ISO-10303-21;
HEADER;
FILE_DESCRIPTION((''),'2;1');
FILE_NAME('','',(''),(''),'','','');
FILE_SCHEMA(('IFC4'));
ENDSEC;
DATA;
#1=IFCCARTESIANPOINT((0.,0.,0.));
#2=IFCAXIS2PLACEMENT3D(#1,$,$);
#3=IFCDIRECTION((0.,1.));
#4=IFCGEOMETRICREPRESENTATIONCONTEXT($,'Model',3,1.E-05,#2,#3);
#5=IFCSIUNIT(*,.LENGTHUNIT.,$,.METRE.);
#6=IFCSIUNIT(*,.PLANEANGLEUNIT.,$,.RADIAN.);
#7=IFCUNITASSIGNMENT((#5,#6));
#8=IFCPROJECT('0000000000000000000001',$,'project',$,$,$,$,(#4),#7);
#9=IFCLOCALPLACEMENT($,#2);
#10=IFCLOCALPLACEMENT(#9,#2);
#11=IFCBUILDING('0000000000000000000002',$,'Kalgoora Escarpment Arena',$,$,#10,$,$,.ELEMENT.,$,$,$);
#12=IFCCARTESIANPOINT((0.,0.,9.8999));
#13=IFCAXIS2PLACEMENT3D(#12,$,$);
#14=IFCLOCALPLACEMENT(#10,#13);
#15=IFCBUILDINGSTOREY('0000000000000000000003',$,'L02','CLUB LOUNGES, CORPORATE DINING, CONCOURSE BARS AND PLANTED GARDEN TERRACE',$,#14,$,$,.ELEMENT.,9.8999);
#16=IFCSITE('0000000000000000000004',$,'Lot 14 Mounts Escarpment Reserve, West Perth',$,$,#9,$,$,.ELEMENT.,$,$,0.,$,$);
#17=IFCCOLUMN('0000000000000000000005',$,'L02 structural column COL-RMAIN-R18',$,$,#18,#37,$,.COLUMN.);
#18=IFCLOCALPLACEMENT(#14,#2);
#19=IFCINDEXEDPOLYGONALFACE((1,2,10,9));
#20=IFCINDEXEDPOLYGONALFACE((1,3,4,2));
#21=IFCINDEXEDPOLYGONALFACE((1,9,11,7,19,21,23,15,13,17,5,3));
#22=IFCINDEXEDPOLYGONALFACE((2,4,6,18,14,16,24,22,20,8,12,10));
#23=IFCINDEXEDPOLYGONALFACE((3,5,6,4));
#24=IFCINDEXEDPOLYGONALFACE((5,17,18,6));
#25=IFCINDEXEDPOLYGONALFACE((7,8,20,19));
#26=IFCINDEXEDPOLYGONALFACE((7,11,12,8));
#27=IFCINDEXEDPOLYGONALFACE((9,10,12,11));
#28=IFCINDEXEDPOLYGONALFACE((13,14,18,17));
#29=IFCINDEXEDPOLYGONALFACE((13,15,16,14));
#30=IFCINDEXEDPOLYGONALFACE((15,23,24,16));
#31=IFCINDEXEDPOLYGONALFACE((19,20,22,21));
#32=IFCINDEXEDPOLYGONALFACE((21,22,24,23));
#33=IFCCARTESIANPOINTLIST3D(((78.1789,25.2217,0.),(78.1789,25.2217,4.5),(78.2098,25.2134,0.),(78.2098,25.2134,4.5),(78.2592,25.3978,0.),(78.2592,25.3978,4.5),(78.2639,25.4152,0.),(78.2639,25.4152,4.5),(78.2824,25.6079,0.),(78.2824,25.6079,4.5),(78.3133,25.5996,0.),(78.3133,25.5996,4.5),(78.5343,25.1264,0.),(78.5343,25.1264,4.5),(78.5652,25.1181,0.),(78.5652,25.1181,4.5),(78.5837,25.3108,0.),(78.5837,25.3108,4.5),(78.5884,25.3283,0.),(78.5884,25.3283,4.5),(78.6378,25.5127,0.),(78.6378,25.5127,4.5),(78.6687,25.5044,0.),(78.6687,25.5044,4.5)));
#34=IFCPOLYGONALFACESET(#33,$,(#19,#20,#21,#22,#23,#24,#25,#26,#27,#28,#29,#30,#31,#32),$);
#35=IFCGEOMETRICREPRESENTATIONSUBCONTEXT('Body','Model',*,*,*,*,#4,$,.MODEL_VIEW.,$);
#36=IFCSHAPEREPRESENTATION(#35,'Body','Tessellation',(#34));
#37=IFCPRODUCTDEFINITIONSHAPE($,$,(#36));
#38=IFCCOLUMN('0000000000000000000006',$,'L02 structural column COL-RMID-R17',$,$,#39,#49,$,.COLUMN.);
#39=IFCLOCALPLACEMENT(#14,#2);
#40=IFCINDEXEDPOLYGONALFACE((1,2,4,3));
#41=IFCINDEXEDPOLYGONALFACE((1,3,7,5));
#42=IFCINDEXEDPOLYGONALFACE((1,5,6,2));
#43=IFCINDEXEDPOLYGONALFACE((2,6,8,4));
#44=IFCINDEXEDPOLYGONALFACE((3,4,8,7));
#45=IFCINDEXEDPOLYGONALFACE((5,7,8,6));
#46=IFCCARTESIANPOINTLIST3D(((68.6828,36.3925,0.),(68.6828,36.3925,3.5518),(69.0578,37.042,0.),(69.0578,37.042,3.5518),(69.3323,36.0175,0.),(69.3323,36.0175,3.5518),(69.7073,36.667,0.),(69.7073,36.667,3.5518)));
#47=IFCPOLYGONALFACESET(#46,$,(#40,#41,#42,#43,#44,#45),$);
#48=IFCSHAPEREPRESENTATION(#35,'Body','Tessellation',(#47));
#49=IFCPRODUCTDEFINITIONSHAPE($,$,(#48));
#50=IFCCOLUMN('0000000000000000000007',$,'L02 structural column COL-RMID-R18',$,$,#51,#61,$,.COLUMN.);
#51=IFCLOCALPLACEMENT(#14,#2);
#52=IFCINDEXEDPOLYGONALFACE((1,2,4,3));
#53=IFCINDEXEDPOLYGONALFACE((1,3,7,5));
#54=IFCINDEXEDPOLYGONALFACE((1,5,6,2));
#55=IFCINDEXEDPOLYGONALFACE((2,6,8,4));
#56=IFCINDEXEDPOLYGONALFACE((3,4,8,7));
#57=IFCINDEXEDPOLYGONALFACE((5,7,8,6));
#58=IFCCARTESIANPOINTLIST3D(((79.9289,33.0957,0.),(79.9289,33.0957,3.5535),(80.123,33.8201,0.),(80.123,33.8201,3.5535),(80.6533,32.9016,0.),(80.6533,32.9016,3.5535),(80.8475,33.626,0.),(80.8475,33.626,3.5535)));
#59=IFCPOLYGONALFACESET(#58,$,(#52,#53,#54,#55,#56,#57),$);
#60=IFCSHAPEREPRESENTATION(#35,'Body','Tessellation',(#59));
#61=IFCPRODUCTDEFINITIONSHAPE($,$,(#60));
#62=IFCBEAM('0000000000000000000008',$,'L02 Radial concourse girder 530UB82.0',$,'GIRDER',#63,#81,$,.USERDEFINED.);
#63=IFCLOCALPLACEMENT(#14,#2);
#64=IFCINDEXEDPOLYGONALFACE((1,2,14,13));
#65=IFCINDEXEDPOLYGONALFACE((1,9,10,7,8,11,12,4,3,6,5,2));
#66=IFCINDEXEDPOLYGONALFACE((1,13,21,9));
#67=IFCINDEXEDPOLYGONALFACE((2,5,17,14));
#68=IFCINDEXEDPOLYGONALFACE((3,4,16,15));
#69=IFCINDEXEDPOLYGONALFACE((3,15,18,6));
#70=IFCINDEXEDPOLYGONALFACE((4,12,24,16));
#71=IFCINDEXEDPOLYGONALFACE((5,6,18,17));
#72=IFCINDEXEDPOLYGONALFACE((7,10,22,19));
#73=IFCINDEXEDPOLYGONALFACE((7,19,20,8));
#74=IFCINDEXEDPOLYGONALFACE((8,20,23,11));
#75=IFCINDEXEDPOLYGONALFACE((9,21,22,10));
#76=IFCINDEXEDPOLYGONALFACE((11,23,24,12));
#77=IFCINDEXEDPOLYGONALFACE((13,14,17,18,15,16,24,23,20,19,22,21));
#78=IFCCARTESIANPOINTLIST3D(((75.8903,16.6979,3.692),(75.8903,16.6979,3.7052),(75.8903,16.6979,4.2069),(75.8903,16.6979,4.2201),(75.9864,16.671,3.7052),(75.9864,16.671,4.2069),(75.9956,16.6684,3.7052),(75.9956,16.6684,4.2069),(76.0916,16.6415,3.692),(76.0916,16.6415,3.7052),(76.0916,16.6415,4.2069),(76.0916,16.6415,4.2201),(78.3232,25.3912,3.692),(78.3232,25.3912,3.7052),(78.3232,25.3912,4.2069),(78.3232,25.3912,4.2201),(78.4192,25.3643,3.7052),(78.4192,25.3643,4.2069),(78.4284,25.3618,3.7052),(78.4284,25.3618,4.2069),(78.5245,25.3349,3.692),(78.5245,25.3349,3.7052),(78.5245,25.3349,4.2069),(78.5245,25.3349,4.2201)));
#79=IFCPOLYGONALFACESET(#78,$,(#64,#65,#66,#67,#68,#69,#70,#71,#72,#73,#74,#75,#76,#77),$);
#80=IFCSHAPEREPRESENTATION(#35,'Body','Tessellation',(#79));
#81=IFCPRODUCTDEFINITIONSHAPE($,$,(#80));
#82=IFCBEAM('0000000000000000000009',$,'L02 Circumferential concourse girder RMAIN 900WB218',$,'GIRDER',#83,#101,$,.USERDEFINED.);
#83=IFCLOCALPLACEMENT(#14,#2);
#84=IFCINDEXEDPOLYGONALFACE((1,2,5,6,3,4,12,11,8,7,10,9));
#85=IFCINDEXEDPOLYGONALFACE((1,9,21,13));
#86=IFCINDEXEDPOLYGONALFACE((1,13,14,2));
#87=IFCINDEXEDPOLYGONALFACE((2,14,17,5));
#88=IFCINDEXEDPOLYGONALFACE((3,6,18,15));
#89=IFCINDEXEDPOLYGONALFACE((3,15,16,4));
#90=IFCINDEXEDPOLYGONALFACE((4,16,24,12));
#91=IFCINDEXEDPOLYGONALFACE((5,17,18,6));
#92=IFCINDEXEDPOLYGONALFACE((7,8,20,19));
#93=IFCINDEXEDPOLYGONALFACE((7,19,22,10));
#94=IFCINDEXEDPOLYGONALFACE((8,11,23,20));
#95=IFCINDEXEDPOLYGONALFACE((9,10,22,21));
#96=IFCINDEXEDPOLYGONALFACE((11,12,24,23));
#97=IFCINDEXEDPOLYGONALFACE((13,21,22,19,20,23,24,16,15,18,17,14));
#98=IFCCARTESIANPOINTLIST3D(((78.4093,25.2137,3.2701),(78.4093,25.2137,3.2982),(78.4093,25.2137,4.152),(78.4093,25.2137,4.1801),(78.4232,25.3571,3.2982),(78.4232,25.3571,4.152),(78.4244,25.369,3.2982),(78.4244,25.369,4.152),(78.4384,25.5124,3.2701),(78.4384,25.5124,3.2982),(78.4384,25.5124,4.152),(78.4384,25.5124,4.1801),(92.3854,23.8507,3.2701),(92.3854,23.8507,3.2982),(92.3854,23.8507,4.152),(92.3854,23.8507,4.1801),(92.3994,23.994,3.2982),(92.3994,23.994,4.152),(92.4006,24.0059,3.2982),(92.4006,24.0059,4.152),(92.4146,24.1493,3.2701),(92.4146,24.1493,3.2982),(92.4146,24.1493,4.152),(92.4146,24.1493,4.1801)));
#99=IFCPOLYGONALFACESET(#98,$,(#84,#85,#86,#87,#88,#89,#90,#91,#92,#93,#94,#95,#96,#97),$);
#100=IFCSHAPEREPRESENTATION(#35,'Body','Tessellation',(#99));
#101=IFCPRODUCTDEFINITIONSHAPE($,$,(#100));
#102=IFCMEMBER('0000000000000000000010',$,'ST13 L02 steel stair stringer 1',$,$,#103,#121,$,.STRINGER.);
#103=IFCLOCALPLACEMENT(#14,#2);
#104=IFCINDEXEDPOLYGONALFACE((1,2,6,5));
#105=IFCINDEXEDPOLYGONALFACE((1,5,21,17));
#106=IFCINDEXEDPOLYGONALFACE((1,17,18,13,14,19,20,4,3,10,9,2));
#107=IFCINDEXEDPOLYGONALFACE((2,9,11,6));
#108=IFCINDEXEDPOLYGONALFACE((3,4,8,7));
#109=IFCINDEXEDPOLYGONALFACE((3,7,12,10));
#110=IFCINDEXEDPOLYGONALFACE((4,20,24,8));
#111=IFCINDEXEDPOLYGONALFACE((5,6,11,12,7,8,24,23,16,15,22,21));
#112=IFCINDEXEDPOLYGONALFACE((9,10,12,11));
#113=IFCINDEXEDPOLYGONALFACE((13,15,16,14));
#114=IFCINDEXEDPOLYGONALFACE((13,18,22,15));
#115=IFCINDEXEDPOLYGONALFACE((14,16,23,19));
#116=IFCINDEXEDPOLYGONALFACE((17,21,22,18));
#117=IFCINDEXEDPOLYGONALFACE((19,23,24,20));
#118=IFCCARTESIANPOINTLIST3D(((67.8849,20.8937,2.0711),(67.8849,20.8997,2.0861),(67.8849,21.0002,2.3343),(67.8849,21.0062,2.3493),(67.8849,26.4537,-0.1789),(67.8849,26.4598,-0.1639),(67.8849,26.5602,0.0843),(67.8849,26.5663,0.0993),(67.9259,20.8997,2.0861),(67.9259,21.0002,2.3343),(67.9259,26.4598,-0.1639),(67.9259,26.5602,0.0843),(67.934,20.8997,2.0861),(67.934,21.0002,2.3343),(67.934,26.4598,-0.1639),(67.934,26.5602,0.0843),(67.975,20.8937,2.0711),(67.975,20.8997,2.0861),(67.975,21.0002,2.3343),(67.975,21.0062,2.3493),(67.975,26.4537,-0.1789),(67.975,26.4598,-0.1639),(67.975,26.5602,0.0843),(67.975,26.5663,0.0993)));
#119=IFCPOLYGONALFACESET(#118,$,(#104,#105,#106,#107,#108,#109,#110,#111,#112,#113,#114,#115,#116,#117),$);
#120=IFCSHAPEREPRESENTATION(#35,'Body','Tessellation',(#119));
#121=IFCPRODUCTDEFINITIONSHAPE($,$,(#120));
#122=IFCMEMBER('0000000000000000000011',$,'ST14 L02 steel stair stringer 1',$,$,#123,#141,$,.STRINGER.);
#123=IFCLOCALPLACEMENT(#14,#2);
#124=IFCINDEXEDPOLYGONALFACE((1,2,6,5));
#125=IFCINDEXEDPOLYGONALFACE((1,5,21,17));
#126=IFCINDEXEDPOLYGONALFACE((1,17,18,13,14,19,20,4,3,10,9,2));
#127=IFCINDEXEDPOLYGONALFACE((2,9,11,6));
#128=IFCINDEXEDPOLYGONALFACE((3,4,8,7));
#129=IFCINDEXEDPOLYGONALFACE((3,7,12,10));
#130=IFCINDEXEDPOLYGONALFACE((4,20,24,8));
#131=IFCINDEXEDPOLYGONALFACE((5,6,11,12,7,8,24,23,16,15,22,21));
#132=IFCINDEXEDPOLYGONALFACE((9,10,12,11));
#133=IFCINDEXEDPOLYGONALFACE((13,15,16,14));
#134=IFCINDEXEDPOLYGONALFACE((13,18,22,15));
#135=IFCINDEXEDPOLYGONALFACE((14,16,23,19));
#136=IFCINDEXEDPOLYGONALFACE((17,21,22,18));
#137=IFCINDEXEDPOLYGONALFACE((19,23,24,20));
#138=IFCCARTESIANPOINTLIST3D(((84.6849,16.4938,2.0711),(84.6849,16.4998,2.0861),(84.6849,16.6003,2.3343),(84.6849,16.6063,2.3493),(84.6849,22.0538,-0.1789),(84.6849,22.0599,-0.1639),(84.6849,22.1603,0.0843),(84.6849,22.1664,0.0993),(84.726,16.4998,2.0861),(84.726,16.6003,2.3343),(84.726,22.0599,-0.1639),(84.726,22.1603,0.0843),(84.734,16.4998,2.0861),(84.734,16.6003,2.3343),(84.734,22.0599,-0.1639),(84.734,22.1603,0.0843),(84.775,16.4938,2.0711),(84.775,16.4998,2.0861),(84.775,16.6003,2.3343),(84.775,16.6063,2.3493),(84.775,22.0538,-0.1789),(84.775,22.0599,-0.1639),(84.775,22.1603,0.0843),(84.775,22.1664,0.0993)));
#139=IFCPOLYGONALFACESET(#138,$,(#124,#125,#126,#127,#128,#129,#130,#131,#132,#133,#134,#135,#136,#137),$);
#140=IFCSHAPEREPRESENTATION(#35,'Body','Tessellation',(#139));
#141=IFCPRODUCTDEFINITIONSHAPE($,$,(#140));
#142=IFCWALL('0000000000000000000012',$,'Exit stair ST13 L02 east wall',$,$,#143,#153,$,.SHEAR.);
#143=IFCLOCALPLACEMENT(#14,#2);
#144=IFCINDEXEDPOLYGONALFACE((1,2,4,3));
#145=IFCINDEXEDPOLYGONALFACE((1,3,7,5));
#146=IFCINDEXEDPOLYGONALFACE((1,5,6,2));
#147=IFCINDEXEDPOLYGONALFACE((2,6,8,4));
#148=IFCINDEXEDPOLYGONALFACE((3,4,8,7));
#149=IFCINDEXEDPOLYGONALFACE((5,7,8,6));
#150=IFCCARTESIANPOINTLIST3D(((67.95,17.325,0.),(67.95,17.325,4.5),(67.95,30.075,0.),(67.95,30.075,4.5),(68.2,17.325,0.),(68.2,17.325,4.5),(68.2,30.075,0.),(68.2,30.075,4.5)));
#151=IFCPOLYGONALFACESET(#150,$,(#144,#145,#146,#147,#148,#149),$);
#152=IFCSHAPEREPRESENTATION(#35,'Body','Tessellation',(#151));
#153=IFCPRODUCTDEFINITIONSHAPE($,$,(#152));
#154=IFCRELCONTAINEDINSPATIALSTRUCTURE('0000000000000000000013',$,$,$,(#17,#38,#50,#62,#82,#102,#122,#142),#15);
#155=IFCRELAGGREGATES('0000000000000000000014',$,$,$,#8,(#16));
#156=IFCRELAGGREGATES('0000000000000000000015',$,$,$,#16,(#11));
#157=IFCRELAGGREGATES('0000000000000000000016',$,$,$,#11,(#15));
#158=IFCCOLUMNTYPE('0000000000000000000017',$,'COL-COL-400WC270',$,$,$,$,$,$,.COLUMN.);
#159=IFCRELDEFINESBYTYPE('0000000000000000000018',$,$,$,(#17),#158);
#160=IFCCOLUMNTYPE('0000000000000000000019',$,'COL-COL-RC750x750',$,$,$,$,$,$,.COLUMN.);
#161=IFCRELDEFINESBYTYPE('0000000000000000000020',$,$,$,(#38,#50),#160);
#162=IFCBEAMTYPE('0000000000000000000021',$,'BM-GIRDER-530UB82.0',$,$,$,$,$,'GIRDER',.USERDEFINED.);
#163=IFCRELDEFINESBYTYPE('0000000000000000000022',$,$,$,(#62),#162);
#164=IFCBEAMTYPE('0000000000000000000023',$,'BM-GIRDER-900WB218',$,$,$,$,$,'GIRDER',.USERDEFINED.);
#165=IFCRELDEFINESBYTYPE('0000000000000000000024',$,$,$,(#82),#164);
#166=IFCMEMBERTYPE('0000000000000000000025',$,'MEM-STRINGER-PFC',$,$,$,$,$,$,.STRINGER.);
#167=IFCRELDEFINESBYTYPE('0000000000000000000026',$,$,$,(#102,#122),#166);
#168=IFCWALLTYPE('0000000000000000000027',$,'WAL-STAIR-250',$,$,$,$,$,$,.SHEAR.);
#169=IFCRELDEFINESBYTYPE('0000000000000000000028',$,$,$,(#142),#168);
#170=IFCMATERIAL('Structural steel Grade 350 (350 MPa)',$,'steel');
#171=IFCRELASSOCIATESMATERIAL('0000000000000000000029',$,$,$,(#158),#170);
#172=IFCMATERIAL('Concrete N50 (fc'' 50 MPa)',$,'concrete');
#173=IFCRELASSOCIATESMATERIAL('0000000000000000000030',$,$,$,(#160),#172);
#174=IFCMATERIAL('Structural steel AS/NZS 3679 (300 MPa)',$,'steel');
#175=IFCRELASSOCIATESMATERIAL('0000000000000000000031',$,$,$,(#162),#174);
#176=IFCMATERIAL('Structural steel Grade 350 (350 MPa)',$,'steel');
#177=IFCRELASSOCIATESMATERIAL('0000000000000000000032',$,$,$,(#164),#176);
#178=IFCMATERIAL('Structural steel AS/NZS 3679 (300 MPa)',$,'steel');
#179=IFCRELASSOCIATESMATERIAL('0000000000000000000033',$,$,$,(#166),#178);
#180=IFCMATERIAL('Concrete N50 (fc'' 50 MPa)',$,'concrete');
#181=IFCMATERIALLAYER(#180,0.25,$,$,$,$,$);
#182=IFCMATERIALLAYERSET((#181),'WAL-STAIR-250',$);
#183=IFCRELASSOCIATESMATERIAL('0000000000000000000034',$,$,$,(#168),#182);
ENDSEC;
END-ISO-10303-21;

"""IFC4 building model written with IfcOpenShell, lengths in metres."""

from ifc_helpers import new_model, si_unit, direction, frame, frame_2d, origin, origin_2d, place, context, subcontext, project, spatial, rectangle, i_section, extrude, material, layer, layer_set, material_profile, profile_set, type_object, element, save


model = new_model("IFC4")

# Units and contexts
model_context = context("Model", 3, precision=1e-05, world=origin(), true_north=direction((0.0, 1.0)))
body_context = subcontext(model_context, "Body", "Model", "MODEL_VIEW")
ifc_project = project(units=[si_unit("LENGTHUNIT", "METRE"), si_unit("PLANEANGLEUNIT", "RADIAN")], contexts=[model_context])

# Site, building, storey
site_placement = place(None, origin())
site = spatial("IfcSite", under=ifc_project, at=site_placement, Name="Lot 14 Mounts Escarpment Reserve, West Perth", CompositionType="ELEMENT", RefElevation=0.0)
building_placement = place(site_placement, origin())
building = spatial("IfcBuilding", under=site, at=building_placement, Name="Kalgoora Escarpment Arena", CompositionType="ELEMENT")
storey_placement = place(building_placement, frame((0.0, 0.0, 9.8999)))
storey = spatial("IfcBuildingStorey", under=building, at=storey_placement, Name="L02", Description="CLUB LOUNGES, CORPORATE DINING, CONCOURSE BARS AND PLANTED GARDEN TERRACE", CompositionType="ELEMENT", Elevation=9.8999)

# Columns
ifc_material_1 = material(Name="Structural steel Grade 350 (350 MPa)", Category="steel")
ifc_material_profile_1 = material_profile(ifc_material_1, i_section(OverallWidth=0.3999, OverallDepth=0.3999, WebThickness=0.0181, FlangeThickness=0.032, at=origin_2d()))
ifc_profile_set_1 = profile_set([ifc_material_profile_1], Name="Structural steel Grade 350 (350 MPa)")
column_type_1 = type_object("IfcColumnType", Name="COL-COL-400WC270", PredefinedType="COLUMN", material=ifc_profile_set_1)
column_1_placement = place(storey_placement, frame((78.4238, 25.363, 0.0), z_axis=(0.0, 0.0, 1.0), x_axis=(-0.258819, -0.965926, 0.0)))
element("IfcColumn", 1, at=column_1_placement, inside=storey, type_object=column_type_1, Name="L02 structural column COL-RMAIN-R18", PredefinedType="COLUMN", context=body_context, shape_type="SweptSolid", body=[
    extrude(i_section(OverallWidth=0.3999, OverallDepth=0.3999, WebThickness=0.0181, FlangeThickness=0.032, at=origin_2d()), origin(), (0.0, 0.0, 1.0), 4.5),
])
ifc_material_2 = material(Name="Concrete N50 (fc' 50 MPa)", Category="concrete")
ifc_material_profile_2 = material_profile(ifc_material_2, rectangle(XDim=0.75, YDim=0.75, at=origin_2d()))
ifc_profile_set_2 = profile_set([ifc_material_profile_2], Name="Concrete N50 (fc' 50 MPa)")
column_type_2 = type_object("IfcColumnType", Name="COL-COL-RC750x750", PredefinedType="COLUMN", material=ifc_profile_set_2)
column_2_placement = place(storey_placement, frame((69.1951, 36.5298, 0.0), z_axis=(0.0, 0.0, 1.0), x_axis=(-0.5, -0.866025, 0.0)))
element("IfcColumn", 2, at=column_2_placement, inside=storey, type_object=column_type_2, Name="L02 structural column COL-RMID-R17", PredefinedType="COLUMN", context=body_context, shape_type="SweptSolid", body=[
    extrude(rectangle(XDim=0.75, YDim=0.75, at=origin_2d()), origin(), (0.0, 0.0, 1.0), 3.5518),
])
column_3_placement = place(storey_placement, frame((80.3882, 33.3608, 0.0), z_axis=(0.0, 0.0, 1.0), x_axis=(-0.258819, -0.965926, 0.0)))
element("IfcColumn", 3, at=column_3_placement, inside=storey, type_object=column_type_2, Name="L02 structural column COL-RMID-R18", PredefinedType="COLUMN", context=body_context, shape_type="SweptSolid", body=[
    extrude(rectangle(XDim=0.75, YDim=0.75, at=origin_2d()), origin(), (0.0, 0.0, 1.0), 3.5535),
])

# Beams
ifc_material_3 = material(Name="Structural steel AS/NZS 3679 (300 MPa)", Category="steel")
ifc_material_profile_3 = material_profile(ifc_material_3, i_section(OverallWidth=0.209, OverallDepth=0.5281, WebThickness=0.0095, FlangeThickness=0.0132, at=origin_2d()))
ifc_profile_set_3 = profile_set([ifc_material_profile_3], Name="Structural steel AS/NZS 3679 (300 MPa)")
beam_type_1 = type_object("IfcBeamType", Name="BM-GIRDER-530UB82.0", ElementType="GIRDER", PredefinedType="USERDEFINED", material=ifc_profile_set_3)
beam_1_placement = place(storey_placement, frame((78.4238, 25.363, 3.9561), z_axis=(-0.269499, -0.963001, 0.0), x_axis=(0.963001, -0.269499, 0.0)))
element("IfcBeam", 4, at=beam_1_placement, inside=storey, type_object=beam_type_1, Name="L02 Radial concourse girder 530UB82.0", ObjectType="GIRDER", PredefinedType="USERDEFINED", context=body_context, shape_type="SweptSolid", body=[
    extrude(i_section(OverallWidth=0.209, OverallDepth=0.5281, WebThickness=0.0095, FlangeThickness=0.0132, at=origin_2d()), origin(), (0.0, 0.0, 1.0), 9.0273),
])
ifc_material_4 = material(Name="Structural steel Grade 350 (350 MPa)", Category="steel")
ifc_material_profile_4 = material_profile(ifc_material_4, i_section(OverallWidth=0.3, OverallDepth=0.9099, WebThickness=0.012, FlangeThickness=0.0281, at=origin_2d()))
ifc_profile_set_4 = profile_set([ifc_material_profile_4], Name="Structural steel Grade 350 (350 MPa)")
beam_type_2 = type_object("IfcBeamType", Name="BM-GIRDER-900WB218", ElementType="GIRDER", PredefinedType="USERDEFINED", material=ifc_profile_set_4)
beam_2_placement = place(storey_placement, frame((78.4238, 25.363, 3.7251), z_axis=(0.995278, -0.097066, 0.0), x_axis=(0.097066, 0.995278, 0.0)))
element("IfcBeam", 5, at=beam_2_placement, inside=storey, type_object=beam_type_2, Name="L02 Circumferential concourse girder RMAIN 900WB218", ObjectType="GIRDER", PredefinedType="USERDEFINED", context=body_context, shape_type="SweptSolid", body=[
    extrude(i_section(OverallWidth=0.3, OverallDepth=0.9099, WebThickness=0.012, FlangeThickness=0.0281, at=origin_2d()), origin(), (0.0, 0.0, 1.0), 14.0425),
])

# Members
ifc_material_5 = material(Name="Structural steel AS/NZS 3679 (300 MPa)", Category="steel")
ifc_material_profile_5 = material_profile(ifc_material_5, i_section(OverallWidth=0.0901, OverallDepth=0.3, WebThickness=0.0081, FlangeThickness=0.0161, at=origin_2d()))
ifc_profile_set_5 = profile_set([ifc_material_profile_5], Name="Structural steel AS/NZS 3679 (300 MPa)")
member_type = type_object("IfcMemberType", Name="MEM-STRINGER-PFC", PredefinedType="STRINGER", material=ifc_profile_set_5)
for number, where, z_axis, x_axis, name in (
    (6, (67.9299, 26.51, -0.0398), (0.0, -0.926976, 0.375121), (1.0, 0.0, 0.0), "ST13 L02 steel stair stringer 1"),
    (7, (84.73, 22.1101, -0.0398), (0.0, -0.926976, 0.375121), (1.0, 0.0, 0.0), "ST14 L02 steel stair stringer 1"),
):
    element("IfcMember", number, at=place(storey_placement, frame(where, z_axis=z_axis, x_axis=x_axis)), inside=storey, type_object=member_type, Name=name, PredefinedType="STRINGER", context=body_context, shape_type="SweptSolid", body=[
        extrude(i_section(OverallWidth=0.0901, OverallDepth=0.3, WebThickness=0.0081, FlangeThickness=0.0161, at=origin_2d()), origin(), (0.0, 0.0, 1.0), 5.998),
    ])

# Wall
ifc_material_6 = material(Name="Concrete N50 (fc' 50 MPa)", Category="concrete")
ifc_layer_1 = layer(ifc_material_6, 0.25)
ifc_layer_set_1 = layer_set([ifc_layer_1], Name="WAL-STAIR-250")
wall_type_1 = type_object("IfcWallType", Name="WAL-STAIR-250", PredefinedType="SHEAR", material=ifc_layer_set_1)
wall_1_placement = place(storey_placement, frame((68.075, 17.325, 0.0), z_axis=(0.0, 0.0, 1.0), x_axis=(0.0, 1.0, 0.0)))
element("IfcWall", 8, at=wall_1_placement, inside=storey, type_object=wall_type_1, Name="Exit stair ST13 L02 east wall", PredefinedType="SHEAR", context=body_context, shape_type="SweptSolid", body=[
    extrude(rectangle(XDim=12.75, YDim=0.25, at=frame_2d((6.375, 0.0))), origin(), (0.0, 0.0, 1.0), 4.5),
])

save(model, "model.ifc")
